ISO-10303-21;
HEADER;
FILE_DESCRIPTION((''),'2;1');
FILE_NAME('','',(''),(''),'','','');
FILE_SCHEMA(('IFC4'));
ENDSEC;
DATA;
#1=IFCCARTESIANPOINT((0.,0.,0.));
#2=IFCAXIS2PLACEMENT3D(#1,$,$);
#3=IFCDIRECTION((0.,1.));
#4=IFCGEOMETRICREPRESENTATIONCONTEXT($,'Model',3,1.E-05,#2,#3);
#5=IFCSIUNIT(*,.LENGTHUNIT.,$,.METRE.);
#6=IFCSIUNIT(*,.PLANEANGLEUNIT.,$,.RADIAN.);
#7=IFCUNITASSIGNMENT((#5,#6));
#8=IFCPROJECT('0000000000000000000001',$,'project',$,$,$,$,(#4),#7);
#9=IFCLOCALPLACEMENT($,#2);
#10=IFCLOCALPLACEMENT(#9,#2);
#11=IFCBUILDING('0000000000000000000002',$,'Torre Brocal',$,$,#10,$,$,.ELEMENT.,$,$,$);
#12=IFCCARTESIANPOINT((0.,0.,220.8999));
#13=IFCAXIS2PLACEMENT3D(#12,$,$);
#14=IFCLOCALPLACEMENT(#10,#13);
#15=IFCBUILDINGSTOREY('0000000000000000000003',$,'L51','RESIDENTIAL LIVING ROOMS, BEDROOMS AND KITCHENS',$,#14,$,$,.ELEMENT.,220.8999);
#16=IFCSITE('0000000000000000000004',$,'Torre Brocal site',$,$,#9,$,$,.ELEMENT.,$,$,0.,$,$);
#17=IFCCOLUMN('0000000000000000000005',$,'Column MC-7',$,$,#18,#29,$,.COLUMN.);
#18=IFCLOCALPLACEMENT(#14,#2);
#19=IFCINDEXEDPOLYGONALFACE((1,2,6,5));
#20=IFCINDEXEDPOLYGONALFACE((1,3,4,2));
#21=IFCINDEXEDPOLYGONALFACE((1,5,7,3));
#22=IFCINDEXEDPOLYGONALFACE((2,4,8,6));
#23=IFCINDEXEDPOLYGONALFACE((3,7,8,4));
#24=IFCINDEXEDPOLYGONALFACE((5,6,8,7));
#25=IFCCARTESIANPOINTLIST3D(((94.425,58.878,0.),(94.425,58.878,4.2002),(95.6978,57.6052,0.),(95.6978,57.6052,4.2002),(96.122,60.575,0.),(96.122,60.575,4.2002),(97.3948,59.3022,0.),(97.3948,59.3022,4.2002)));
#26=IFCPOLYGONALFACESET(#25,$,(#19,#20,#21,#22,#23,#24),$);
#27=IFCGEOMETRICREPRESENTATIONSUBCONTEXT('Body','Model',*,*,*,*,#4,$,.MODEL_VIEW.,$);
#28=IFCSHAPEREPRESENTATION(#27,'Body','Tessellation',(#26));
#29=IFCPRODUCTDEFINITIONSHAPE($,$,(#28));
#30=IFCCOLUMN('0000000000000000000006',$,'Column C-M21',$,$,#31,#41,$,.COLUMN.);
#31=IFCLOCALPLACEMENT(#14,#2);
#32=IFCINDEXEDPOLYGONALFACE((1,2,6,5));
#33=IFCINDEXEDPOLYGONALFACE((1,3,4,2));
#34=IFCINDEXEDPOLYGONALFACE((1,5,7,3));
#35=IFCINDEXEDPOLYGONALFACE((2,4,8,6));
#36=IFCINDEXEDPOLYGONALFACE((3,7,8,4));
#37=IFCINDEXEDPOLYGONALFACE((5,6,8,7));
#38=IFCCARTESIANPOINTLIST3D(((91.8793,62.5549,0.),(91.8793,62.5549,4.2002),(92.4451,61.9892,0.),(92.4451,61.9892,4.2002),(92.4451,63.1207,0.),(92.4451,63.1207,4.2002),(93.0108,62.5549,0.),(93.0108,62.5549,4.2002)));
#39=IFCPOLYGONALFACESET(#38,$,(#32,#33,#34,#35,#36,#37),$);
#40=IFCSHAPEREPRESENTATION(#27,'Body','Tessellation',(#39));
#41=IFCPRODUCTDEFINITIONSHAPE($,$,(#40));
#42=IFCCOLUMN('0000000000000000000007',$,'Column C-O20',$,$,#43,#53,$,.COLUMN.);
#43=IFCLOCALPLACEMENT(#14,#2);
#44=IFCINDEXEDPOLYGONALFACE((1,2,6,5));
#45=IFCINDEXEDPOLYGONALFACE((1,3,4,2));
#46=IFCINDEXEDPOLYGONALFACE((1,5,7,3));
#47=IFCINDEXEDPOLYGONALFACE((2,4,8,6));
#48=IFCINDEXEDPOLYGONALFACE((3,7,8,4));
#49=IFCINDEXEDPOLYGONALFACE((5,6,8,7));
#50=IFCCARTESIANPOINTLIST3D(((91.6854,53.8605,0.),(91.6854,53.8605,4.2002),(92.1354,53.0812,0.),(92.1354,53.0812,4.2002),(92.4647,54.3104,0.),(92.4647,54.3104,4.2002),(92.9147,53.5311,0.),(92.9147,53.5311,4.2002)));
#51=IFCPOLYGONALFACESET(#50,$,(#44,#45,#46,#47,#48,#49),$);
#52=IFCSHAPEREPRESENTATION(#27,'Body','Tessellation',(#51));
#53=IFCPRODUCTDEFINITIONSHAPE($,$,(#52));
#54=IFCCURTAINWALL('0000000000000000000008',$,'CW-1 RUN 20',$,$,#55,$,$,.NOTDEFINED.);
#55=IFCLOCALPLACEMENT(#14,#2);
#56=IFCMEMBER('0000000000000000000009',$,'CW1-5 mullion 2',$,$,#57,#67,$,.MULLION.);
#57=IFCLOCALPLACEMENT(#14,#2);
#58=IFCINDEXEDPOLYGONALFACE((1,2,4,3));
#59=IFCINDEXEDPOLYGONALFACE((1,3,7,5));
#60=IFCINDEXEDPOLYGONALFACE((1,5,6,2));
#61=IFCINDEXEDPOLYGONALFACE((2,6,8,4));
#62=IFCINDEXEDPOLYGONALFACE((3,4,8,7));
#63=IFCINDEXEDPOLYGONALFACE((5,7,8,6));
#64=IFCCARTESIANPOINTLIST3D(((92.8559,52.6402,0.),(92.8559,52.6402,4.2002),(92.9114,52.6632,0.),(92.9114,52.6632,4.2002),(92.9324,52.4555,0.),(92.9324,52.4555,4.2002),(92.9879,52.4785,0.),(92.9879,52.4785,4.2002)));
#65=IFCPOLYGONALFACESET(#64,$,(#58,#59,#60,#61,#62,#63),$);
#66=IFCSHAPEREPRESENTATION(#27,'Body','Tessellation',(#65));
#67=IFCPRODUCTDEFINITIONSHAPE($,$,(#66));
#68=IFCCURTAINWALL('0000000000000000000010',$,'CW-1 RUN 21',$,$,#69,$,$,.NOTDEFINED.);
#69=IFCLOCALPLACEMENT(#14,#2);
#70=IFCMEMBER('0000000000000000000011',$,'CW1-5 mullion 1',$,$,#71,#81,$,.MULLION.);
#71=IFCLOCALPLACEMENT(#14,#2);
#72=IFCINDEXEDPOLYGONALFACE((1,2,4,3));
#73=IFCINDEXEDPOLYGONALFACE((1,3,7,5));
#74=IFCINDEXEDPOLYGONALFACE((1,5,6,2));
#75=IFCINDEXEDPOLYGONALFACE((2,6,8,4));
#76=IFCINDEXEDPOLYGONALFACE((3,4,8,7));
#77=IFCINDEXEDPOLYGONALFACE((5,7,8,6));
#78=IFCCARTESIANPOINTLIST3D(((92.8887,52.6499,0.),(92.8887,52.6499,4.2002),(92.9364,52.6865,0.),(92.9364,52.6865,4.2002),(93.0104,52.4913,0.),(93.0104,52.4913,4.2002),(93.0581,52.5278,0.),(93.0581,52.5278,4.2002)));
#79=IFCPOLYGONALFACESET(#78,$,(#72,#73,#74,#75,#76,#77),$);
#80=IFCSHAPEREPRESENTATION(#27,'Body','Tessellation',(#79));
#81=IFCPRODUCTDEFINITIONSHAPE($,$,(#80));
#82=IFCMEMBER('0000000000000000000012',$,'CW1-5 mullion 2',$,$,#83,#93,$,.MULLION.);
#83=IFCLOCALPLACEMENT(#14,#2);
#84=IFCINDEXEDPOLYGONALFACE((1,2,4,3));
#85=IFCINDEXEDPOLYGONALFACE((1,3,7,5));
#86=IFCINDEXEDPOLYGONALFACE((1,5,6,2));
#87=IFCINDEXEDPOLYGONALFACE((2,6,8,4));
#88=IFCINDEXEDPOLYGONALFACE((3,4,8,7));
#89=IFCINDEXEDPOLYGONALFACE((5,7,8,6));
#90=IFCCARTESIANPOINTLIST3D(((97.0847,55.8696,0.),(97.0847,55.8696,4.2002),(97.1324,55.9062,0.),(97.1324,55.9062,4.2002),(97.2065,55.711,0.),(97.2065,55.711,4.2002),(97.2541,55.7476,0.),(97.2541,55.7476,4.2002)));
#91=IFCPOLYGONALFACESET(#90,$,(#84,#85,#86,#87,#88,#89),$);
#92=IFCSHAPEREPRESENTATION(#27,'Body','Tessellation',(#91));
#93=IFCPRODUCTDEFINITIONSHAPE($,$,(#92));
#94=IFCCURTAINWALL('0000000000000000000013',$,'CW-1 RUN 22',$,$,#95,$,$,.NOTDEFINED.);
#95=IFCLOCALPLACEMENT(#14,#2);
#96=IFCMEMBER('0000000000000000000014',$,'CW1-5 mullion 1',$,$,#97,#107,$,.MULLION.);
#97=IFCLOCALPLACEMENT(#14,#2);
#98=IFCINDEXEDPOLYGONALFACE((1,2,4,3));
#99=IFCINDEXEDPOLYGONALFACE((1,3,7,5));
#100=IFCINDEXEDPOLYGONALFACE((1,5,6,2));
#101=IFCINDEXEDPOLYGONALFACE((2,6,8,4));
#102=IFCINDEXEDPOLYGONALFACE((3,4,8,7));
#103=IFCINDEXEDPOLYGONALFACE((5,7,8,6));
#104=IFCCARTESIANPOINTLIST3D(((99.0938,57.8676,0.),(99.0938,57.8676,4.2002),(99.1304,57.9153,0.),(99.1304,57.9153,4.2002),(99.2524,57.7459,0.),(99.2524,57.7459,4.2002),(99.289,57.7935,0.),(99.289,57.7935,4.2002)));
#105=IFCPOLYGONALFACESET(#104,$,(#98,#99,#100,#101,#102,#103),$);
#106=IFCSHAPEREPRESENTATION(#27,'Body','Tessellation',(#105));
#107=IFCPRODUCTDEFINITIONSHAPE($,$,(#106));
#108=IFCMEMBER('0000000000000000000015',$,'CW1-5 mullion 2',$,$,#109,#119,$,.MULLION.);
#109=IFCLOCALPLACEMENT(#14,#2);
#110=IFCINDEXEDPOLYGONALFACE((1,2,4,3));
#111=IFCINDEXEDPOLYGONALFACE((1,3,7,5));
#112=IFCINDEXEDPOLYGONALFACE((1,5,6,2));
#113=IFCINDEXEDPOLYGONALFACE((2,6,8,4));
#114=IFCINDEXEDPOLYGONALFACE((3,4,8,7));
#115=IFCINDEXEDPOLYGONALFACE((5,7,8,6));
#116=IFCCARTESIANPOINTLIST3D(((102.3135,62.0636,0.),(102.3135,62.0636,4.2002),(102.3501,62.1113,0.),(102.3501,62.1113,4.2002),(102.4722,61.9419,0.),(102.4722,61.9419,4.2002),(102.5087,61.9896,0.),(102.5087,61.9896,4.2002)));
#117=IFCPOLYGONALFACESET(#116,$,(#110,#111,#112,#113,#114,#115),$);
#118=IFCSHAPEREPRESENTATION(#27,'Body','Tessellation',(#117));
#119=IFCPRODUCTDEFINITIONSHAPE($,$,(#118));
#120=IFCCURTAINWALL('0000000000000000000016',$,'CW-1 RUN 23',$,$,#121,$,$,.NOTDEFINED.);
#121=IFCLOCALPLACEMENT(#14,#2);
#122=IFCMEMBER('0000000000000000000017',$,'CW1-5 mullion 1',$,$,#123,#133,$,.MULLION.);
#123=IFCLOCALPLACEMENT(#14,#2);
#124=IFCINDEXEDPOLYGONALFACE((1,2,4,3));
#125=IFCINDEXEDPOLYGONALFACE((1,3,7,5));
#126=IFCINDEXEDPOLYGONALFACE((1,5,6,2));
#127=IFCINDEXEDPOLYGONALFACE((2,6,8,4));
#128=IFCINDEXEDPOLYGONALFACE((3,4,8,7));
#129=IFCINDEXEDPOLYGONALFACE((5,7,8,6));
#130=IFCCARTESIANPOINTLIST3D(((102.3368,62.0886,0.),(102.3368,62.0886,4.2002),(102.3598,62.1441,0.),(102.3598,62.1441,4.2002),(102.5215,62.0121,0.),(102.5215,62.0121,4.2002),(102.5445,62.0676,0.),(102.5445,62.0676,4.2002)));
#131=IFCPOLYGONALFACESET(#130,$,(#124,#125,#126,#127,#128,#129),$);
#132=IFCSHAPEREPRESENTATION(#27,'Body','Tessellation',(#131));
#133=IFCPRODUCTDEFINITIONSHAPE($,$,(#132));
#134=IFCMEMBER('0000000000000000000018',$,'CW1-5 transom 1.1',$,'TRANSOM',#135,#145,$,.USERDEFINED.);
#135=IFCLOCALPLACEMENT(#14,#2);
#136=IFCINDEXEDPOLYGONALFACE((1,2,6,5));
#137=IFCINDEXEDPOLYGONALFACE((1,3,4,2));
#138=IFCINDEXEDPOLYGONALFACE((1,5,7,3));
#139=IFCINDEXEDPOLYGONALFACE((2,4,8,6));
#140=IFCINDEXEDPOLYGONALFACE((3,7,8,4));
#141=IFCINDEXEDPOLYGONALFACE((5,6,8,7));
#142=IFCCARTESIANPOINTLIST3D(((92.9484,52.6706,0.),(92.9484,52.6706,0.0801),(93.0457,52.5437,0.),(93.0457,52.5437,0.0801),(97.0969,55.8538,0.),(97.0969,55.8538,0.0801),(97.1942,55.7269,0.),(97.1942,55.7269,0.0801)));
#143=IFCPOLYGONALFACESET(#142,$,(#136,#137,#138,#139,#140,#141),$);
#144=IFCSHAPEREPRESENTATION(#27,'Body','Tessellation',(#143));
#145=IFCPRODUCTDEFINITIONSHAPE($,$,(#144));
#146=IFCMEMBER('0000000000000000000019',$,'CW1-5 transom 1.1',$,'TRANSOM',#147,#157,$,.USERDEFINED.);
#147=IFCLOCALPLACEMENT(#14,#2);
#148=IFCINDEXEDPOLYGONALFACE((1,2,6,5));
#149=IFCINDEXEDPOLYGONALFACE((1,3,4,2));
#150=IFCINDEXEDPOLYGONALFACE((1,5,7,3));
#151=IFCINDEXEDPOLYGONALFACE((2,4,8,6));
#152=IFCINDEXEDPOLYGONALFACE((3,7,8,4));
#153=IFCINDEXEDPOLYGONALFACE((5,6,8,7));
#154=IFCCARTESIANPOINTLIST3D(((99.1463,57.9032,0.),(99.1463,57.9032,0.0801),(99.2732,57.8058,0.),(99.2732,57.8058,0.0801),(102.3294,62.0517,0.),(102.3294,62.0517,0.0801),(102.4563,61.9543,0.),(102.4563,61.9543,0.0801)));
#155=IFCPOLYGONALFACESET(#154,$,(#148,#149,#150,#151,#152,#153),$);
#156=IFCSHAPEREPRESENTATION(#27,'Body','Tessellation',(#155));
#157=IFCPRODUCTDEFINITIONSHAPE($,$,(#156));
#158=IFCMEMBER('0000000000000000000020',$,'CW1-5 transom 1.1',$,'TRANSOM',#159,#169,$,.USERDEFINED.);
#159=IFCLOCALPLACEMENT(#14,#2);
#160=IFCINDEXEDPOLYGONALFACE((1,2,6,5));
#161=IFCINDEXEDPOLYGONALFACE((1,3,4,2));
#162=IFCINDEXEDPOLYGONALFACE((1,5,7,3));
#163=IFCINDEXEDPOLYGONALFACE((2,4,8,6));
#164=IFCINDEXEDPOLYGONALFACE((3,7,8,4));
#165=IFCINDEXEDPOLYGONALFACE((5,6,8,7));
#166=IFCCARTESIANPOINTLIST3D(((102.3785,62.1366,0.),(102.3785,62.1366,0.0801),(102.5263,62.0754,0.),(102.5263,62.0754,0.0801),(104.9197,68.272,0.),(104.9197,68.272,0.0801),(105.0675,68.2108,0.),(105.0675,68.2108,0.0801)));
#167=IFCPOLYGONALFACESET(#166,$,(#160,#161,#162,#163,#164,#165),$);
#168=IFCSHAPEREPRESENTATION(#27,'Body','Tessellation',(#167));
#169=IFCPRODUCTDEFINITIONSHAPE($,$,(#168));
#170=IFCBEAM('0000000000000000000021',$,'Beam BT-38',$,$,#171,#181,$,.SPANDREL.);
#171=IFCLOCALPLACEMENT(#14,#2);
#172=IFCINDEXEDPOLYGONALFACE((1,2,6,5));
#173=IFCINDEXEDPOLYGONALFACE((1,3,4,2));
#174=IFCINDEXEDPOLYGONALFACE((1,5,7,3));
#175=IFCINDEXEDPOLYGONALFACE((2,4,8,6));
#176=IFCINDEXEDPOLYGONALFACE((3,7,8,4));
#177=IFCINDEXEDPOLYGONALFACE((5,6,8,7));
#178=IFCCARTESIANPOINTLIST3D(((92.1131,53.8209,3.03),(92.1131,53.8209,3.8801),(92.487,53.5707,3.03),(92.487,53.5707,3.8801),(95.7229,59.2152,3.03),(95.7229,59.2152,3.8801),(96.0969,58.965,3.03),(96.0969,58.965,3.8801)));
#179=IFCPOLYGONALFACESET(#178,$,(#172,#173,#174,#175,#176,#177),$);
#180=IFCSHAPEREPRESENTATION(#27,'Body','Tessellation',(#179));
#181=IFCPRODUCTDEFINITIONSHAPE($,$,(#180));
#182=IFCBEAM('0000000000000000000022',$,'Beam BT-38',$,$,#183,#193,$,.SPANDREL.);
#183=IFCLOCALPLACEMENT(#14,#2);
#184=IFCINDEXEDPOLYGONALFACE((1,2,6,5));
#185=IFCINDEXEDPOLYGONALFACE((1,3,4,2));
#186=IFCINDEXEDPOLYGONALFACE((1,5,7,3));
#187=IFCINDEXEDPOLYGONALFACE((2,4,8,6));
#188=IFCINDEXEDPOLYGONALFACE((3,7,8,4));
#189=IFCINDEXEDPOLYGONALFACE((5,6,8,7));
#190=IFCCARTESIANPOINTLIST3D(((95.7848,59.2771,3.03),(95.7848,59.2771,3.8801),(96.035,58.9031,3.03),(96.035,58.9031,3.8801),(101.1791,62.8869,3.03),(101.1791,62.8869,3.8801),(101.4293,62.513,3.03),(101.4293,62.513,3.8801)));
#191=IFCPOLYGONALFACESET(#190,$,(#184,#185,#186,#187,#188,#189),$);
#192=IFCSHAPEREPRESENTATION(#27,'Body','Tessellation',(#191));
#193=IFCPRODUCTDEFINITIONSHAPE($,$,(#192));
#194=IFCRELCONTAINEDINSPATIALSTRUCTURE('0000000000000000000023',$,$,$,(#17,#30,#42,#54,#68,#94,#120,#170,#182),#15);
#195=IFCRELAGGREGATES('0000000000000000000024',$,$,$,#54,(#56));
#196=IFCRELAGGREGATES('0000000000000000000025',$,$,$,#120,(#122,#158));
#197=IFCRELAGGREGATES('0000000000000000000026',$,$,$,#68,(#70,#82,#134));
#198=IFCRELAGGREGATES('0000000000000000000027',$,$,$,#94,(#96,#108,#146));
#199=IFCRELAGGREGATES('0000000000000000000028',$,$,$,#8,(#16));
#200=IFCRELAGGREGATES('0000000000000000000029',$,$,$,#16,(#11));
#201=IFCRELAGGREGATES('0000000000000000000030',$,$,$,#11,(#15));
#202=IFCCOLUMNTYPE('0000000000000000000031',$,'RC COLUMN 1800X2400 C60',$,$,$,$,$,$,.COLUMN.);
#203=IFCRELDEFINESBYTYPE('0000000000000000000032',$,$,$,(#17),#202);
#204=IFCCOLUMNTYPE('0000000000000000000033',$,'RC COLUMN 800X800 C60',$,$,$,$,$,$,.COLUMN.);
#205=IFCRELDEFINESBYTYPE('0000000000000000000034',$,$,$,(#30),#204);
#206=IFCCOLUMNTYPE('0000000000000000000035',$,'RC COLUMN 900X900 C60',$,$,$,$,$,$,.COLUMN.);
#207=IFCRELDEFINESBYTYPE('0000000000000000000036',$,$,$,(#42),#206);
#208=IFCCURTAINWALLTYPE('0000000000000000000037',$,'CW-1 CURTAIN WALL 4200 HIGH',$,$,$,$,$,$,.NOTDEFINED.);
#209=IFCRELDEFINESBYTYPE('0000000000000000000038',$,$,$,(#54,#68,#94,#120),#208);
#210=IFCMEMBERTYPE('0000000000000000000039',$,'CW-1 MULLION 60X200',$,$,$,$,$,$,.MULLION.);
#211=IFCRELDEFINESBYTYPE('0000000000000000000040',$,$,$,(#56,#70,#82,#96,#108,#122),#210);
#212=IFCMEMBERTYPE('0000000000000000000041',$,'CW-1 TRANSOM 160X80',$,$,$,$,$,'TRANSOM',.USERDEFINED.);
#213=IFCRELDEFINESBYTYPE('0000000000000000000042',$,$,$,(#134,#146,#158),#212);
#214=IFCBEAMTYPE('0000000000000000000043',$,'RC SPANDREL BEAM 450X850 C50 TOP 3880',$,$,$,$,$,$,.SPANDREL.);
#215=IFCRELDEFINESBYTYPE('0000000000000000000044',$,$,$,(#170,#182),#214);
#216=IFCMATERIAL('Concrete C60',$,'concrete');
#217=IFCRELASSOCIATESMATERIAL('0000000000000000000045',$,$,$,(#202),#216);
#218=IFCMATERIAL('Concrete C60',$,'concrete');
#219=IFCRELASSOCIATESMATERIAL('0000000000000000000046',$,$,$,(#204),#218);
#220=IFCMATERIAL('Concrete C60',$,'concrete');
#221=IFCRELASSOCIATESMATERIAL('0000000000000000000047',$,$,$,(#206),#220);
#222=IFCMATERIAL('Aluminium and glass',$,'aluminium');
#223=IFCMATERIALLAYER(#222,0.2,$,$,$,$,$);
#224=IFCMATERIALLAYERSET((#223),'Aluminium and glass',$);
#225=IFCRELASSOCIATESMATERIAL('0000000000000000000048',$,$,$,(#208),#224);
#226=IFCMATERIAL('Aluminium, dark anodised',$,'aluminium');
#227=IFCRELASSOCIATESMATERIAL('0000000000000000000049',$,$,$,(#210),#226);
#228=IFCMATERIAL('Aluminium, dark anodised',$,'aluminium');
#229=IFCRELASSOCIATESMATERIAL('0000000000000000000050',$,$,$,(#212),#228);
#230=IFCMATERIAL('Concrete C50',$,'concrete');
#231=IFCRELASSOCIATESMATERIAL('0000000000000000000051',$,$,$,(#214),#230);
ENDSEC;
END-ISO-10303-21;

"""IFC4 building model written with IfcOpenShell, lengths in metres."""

from ifc_helpers import new_model, si_unit, direction, frame, origin, origin_2d, place, context, subcontext, project, spatial, rectangle, extrude, material, layer, layer_set, material_profile, profile_set, type_object, element, aggregate, save


model = new_model("IFC4")

# Units and contexts
model_context = context("Model", 3, precision=1e-05, world=origin(), true_north=direction((0.0, 1.0)))
body_context = subcontext(model_context, "Body", "Model", "MODEL_VIEW")
ifc_project = project(units=[si_unit("LENGTHUNIT", "METRE"), si_unit("PLANEANGLEUNIT", "RADIAN")], contexts=[model_context])

# Site, building, storey
site_placement = place(None, origin())
site = spatial("IfcSite", under=ifc_project, at=site_placement, Name="Torre Brocal site", CompositionType="ELEMENT", RefElevation=0.0)
building_placement = place(site_placement, origin())
building = spatial("IfcBuilding", under=site, at=building_placement, Name="Torre Brocal", CompositionType="ELEMENT")
storey_placement = place(building_placement, frame((0.0, 0.0, 220.8999)))
storey = spatial("IfcBuildingStorey", under=building, at=storey_placement, Name="L51", Description="RESIDENTIAL LIVING ROOMS, BEDROOMS AND KITCHENS", CompositionType="ELEMENT", Elevation=220.8999)

# Columns
ifc_material_1 = material(Name="Concrete C60", Category="concrete")
ifc_material_profile_1 = material_profile(ifc_material_1, rectangle(XDim=1.8, YDim=2.3999, at=origin_2d()), Name="RC 1800X2400")
ifc_profile_set_1 = profile_set([ifc_material_profile_1], Name="Concrete C60")
column_type_1 = type_object("IfcColumnType", Name="RC COLUMN 1800X2400 C60", PredefinedType="COLUMN", material=ifc_profile_set_1)
column_1_placement = place(storey_placement, frame((95.9099, 59.0901, 0.0), z_axis=(0.0, 0.0, 1.0), x_axis=(0.707107, -0.707107, 0.0)))
element("IfcColumn", 1, at=column_1_placement, inside=storey, type_object=column_type_1, Name="Column MC-7", PredefinedType="COLUMN", context=body_context, shape_type="SweptSolid", body=[
    extrude(rectangle(XDim=1.8, YDim=2.3999, at=origin_2d()), origin(), (0.0, 0.0, 1.0), 4.2002),
])
ifc_material_2 = material(Name="Concrete C60", Category="concrete")
ifc_material_profile_2 = material_profile(ifc_material_2, rectangle(XDim=0.8, YDim=0.8, at=origin_2d()), Name="RC 800X800")
ifc_profile_set_2 = profile_set([ifc_material_profile_2], Name="Concrete C60")
column_type_2 = type_object("IfcColumnType", Name="RC COLUMN 800X800 C60", PredefinedType="COLUMN", material=ifc_profile_set_2)
column_2_placement = place(storey_placement, frame((92.4451, 62.5549, 0.0), z_axis=(0.0, 0.0, 1.0), x_axis=(0.707107, -0.707107, 0.0)))
element("IfcColumn", 2, at=column_2_placement, inside=storey, type_object=column_type_2, Name="Column C-M21", PredefinedType="COLUMN", context=body_context, shape_type="SweptSolid", body=[
    extrude(rectangle(XDim=0.8, YDim=0.8, at=origin_2d()), origin(), (0.0, 0.0, 1.0), 4.2002),
])
ifc_material_3 = material(Name="Concrete C60", Category="concrete")
ifc_material_profile_3 = material_profile(ifc_material_3, rectangle(XDim=0.8999, YDim=0.8999, at=origin_2d()), Name="RC 900X900")
ifc_profile_set_3 = profile_set([ifc_material_profile_3], Name="Concrete C60")
column_type_3 = type_object("IfcColumnType", Name="RC COLUMN 900X900 C60", PredefinedType="COLUMN", material=ifc_profile_set_3)
column_3_placement = place(storey_placement, frame((92.3, 53.6958, 0.0), z_axis=(0.0, 0.0, 1.0), x_axis=(0.5, -0.866025, 0.0)))
element("IfcColumn", 3, at=column_3_placement, inside=storey, type_object=column_type_3, Name="Column C-O20", PredefinedType="COLUMN", context=body_context, shape_type="SweptSolid", body=[
    extrude(rectangle(XDim=0.8999, YDim=0.8999, at=origin_2d()), origin(), (0.0, 0.0, 1.0), 4.2002),
])

# Curtain wall, member
ifc_material_4 = material(Name="Aluminium and glass", Category="aluminium")
ifc_layer_1 = layer(ifc_material_4, 0.2)
ifc_layer_set_1 = layer_set([ifc_layer_1], Name="Aluminium and glass")
curtain_wall_type = type_object("IfcCurtainWallType", Name="CW-1 CURTAIN WALL 4200 HIGH", PredefinedType="NOTDEFINED", material=ifc_layer_set_1)
curtain_wall_1_placement = place(storey_placement, origin())
curtain_wall_1 = element("IfcCurtainWall", 4, at=curtain_wall_1_placement, inside=storey, type_object=curtain_wall_type, Name="CW-1 RUN 20", PredefinedType="NOTDEFINED")
ifc_material_5 = material(Name="Aluminium, dark anodised", Category="aluminium")
ifc_material_profile_4 = material_profile(ifc_material_5, rectangle(XDim=0.2, YDim=0.0601, at=origin_2d()), Name="CW-1 MULLION 60X200")
ifc_profile_set_4 = profile_set([ifc_material_profile_4], Name="Aluminium, dark anodised")
member_type_1 = type_object("IfcMemberType", Name="CW-1 MULLION 60X200", PredefinedType="MULLION", material=ifc_profile_set_4)
member_1_placement = place(storey_placement, frame((92.9219, 52.5593, 0.0), z_axis=(0.0, 0.0, 1.0), x_axis=(-0.382683, 0.92388, 0.0)))
member_1 = element("IfcMember", 5, at=member_1_placement, type_object=member_type_1, Name="CW1-5 mullion 2", PredefinedType="MULLION", context=body_context, shape_type="SweptSolid", body=[
    extrude(rectangle(XDim=0.2, YDim=0.0601, at=origin_2d()), origin(), (0.0, 0.0, 1.0), 4.2002),
])
aggregate(curtain_wall_1, [member_1])

# Curtain walls, members
curtain_wall_2_placement = place(storey_placement, origin())
curtain_wall_2 = element("IfcCurtainWall", 6, at=curtain_wall_2_placement, inside=storey, type_object=curtain_wall_type, Name="CW-1 RUN 21", PredefinedType="NOTDEFINED")
member_2_placement = place(storey_placement, frame((92.9734, 52.5889, 0.0), z_axis=(0.0, 0.0, 1.0), x_axis=(-0.608761, 0.793353, 0.0)))
member_2 = element("IfcMember", 7, at=member_2_placement, type_object=member_type_1, Name="CW1-5 mullion 1", PredefinedType="MULLION", context=body_context, shape_type="SweptSolid", body=[
    extrude(rectangle(XDim=0.2, YDim=0.0601, at=origin_2d()), origin(), (0.0, 0.0, 1.0), 4.2002),
])
member_3_placement = place(storey_placement, frame((97.1694, 55.8086, 0.0), z_axis=(0.0, 0.0, 1.0), x_axis=(-0.608761, 0.793353, 0.0)))
member_3 = element("IfcMember", 8, at=member_3_placement, type_object=member_type_1, Name="CW1-5 mullion 2", PredefinedType="MULLION", context=body_context, shape_type="SweptSolid", body=[
    extrude(rectangle(XDim=0.2, YDim=0.0601, at=origin_2d()), origin(), (0.0, 0.0, 1.0), 4.2002),
])
curtain_wall_3_placement = place(storey_placement, origin())
curtain_wall_3 = element("IfcCurtainWall", 9, at=curtain_wall_3_placement, inside=storey, type_object=curtain_wall_type, Name="CW-1 RUN 22", PredefinedType="NOTDEFINED")
member_4_placement = place(storey_placement, frame((99.1914, 57.8306, 0.0), z_axis=(0.0, 0.0, 1.0), x_axis=(-0.793353, 0.608761, 0.0)))
member_4 = element("IfcMember", 10, at=member_4_placement, type_object=member_type_1, Name="CW1-5 mullion 1", PredefinedType="MULLION", context=body_context, shape_type="SweptSolid", body=[
    extrude(rectangle(XDim=0.2, YDim=0.0601, at=origin_2d()), origin(), (0.0, 0.0, 1.0), 4.2002),
])
member_5_placement = place(storey_placement, frame((102.4111, 62.0266, 0.0), z_axis=(0.0, 0.0, 1.0), x_axis=(-0.793353, 0.608761, 0.0)))
member_5 = element("IfcMember", 11, at=member_5_placement, type_object=member_type_1, Name="CW1-5 mullion 2", PredefinedType="MULLION", context=body_context, shape_type="SweptSolid", body=[
    extrude(rectangle(XDim=0.2, YDim=0.0601, at=origin_2d()), origin(), (0.0, 0.0, 1.0), 4.2002),
])

# Curtain wall, member
curtain_wall_4_placement = place(storey_placement, origin())
curtain_wall_4 = element("IfcCurtainWall", 12, at=curtain_wall_4_placement, inside=storey, type_object=curtain_wall_type, Name="CW-1 RUN 23", PredefinedType="NOTDEFINED")
member_6_placement = place(storey_placement, frame((102.4407, 62.0781, 0.0), z_axis=(0.0, 0.0, 1.0), x_axis=(-0.92388, 0.382683, 0.0)))
member_6 = element("IfcMember", 13, at=member_6_placement, type_object=member_type_1, Name="CW1-5 mullion 1", PredefinedType="MULLION", context=body_context, shape_type="SweptSolid", body=[
    extrude(rectangle(XDim=0.2, YDim=0.0601, at=origin_2d()), origin(), (0.0, 0.0, 1.0), 4.2002),
])

# Members
ifc_material_6 = material(Name="Aluminium, dark anodised", Category="aluminium")
ifc_material_profile_5 = material_profile(ifc_material_6, rectangle(XDim=0.1599, YDim=0.0801, at=origin_2d()), Name="CW-1 TRANSOM 160X80")
ifc_profile_set_5 = profile_set([ifc_material_profile_5], Name="Aluminium, dark anodised")
member_type_2 = type_object("IfcMemberType", Name="CW-1 TRANSOM 160X80", ElementType="TRANSOM", PredefinedType="USERDEFINED", material=ifc_profile_set_5)
member_7_placement = place(storey_placement, frame((92.9971, 52.6072, 0.04), z_axis=(0.793363, 0.608749, 0.0), x_axis=(-0.608749, 0.793363, 0.0)))
member_7 = element("IfcMember", 14, at=member_7_placement, type_object=member_type_2, Name="CW1-5 transom 1.1", ObjectType="TRANSOM", PredefinedType="USERDEFINED", context=body_context, shape_type="SweptSolid", body=[
    extrude(rectangle(XDim=0.1599, YDim=0.0801, at=origin_2d()), origin(), (0.0, 0.0, 1.0), 5.229),
])
member_8_placement = place(storey_placement, frame((99.2097, 57.8545, 0.04), z_axis=(0.608749, 0.793363, 0.0), x_axis=(-0.793363, 0.608749, 0.0)))
member_8 = element("IfcMember", 15, at=member_8_placement, type_object=member_type_2, Name="CW1-5 transom 1.1", ObjectType="TRANSOM", PredefinedType="USERDEFINED", context=body_context, shape_type="SweptSolid", body=[
    extrude(rectangle(XDim=0.1599, YDim=0.0801, at=origin_2d()), origin(), (0.0, 0.0, 1.0), 5.229),
])
member_9_placement = place(storey_placement, frame((102.4524, 62.106, 0.04), z_axis=(0.382665, 0.923887, 0.0), x_axis=(-0.923887, 0.382665, 0.0)))
member_9 = element("IfcMember", 16, at=member_9_placement, type_object=member_type_2, Name="CW1-5 transom 1.1", ObjectType="TRANSOM", PredefinedType="USERDEFINED", context=body_context, shape_type="SweptSolid", body=[
    extrude(rectangle(XDim=0.1599, YDim=0.0801, at=origin_2d()), origin(), (0.0, 0.0, 1.0), 6.6409),
])
aggregate(curtain_wall_4, [member_6, member_9])

# Beams
ifc_material_7 = material(Name="Concrete C50", Category="concrete")
ifc_material_profile_6 = material_profile(ifc_material_7, rectangle(XDim=0.45, YDim=0.8501, at=origin_2d()), Name="RC 450X850")
ifc_profile_set_6 = profile_set([ifc_material_profile_6], Name="Concrete C50")
beam_type = type_object("IfcBeamType", Name="RC SPANDREL BEAM 450X850 C50 TOP 3880", PredefinedType="SPANDREL", material=ifc_profile_set_6)
for number, where, z_axis, x_axis, name in (
    (17, (92.3, 53.6958, 3.4551), (0.556158, 0.831077, 0.0), (-0.831077, 0.556158, 0.0), "Beam BT-38"),
    (18, (95.9099, 59.0901, 3.4551), (0.831077, 0.556158, 0.0), (-0.556158, 0.831077, 0.0), "Beam BT-38"),
):
    element("IfcBeam", number, at=place(storey_placement, frame(where, z_axis=z_axis, x_axis=x_axis)), inside=storey, type_object=beam_type, Name=name, PredefinedType="SPANDREL", context=body_context, shape_type="SweptSolid", body=[
        extrude(rectangle(XDim=0.45, YDim=0.8501, at=origin_2d()), origin(), (0.0, 0.0, 1.0), 6.4907),
    ])

aggregate(curtain_wall_2, [member_2, member_3, member_7])
aggregate(curtain_wall_3, [member_4, member_5, member_8])

save(model, "model.ifc")
